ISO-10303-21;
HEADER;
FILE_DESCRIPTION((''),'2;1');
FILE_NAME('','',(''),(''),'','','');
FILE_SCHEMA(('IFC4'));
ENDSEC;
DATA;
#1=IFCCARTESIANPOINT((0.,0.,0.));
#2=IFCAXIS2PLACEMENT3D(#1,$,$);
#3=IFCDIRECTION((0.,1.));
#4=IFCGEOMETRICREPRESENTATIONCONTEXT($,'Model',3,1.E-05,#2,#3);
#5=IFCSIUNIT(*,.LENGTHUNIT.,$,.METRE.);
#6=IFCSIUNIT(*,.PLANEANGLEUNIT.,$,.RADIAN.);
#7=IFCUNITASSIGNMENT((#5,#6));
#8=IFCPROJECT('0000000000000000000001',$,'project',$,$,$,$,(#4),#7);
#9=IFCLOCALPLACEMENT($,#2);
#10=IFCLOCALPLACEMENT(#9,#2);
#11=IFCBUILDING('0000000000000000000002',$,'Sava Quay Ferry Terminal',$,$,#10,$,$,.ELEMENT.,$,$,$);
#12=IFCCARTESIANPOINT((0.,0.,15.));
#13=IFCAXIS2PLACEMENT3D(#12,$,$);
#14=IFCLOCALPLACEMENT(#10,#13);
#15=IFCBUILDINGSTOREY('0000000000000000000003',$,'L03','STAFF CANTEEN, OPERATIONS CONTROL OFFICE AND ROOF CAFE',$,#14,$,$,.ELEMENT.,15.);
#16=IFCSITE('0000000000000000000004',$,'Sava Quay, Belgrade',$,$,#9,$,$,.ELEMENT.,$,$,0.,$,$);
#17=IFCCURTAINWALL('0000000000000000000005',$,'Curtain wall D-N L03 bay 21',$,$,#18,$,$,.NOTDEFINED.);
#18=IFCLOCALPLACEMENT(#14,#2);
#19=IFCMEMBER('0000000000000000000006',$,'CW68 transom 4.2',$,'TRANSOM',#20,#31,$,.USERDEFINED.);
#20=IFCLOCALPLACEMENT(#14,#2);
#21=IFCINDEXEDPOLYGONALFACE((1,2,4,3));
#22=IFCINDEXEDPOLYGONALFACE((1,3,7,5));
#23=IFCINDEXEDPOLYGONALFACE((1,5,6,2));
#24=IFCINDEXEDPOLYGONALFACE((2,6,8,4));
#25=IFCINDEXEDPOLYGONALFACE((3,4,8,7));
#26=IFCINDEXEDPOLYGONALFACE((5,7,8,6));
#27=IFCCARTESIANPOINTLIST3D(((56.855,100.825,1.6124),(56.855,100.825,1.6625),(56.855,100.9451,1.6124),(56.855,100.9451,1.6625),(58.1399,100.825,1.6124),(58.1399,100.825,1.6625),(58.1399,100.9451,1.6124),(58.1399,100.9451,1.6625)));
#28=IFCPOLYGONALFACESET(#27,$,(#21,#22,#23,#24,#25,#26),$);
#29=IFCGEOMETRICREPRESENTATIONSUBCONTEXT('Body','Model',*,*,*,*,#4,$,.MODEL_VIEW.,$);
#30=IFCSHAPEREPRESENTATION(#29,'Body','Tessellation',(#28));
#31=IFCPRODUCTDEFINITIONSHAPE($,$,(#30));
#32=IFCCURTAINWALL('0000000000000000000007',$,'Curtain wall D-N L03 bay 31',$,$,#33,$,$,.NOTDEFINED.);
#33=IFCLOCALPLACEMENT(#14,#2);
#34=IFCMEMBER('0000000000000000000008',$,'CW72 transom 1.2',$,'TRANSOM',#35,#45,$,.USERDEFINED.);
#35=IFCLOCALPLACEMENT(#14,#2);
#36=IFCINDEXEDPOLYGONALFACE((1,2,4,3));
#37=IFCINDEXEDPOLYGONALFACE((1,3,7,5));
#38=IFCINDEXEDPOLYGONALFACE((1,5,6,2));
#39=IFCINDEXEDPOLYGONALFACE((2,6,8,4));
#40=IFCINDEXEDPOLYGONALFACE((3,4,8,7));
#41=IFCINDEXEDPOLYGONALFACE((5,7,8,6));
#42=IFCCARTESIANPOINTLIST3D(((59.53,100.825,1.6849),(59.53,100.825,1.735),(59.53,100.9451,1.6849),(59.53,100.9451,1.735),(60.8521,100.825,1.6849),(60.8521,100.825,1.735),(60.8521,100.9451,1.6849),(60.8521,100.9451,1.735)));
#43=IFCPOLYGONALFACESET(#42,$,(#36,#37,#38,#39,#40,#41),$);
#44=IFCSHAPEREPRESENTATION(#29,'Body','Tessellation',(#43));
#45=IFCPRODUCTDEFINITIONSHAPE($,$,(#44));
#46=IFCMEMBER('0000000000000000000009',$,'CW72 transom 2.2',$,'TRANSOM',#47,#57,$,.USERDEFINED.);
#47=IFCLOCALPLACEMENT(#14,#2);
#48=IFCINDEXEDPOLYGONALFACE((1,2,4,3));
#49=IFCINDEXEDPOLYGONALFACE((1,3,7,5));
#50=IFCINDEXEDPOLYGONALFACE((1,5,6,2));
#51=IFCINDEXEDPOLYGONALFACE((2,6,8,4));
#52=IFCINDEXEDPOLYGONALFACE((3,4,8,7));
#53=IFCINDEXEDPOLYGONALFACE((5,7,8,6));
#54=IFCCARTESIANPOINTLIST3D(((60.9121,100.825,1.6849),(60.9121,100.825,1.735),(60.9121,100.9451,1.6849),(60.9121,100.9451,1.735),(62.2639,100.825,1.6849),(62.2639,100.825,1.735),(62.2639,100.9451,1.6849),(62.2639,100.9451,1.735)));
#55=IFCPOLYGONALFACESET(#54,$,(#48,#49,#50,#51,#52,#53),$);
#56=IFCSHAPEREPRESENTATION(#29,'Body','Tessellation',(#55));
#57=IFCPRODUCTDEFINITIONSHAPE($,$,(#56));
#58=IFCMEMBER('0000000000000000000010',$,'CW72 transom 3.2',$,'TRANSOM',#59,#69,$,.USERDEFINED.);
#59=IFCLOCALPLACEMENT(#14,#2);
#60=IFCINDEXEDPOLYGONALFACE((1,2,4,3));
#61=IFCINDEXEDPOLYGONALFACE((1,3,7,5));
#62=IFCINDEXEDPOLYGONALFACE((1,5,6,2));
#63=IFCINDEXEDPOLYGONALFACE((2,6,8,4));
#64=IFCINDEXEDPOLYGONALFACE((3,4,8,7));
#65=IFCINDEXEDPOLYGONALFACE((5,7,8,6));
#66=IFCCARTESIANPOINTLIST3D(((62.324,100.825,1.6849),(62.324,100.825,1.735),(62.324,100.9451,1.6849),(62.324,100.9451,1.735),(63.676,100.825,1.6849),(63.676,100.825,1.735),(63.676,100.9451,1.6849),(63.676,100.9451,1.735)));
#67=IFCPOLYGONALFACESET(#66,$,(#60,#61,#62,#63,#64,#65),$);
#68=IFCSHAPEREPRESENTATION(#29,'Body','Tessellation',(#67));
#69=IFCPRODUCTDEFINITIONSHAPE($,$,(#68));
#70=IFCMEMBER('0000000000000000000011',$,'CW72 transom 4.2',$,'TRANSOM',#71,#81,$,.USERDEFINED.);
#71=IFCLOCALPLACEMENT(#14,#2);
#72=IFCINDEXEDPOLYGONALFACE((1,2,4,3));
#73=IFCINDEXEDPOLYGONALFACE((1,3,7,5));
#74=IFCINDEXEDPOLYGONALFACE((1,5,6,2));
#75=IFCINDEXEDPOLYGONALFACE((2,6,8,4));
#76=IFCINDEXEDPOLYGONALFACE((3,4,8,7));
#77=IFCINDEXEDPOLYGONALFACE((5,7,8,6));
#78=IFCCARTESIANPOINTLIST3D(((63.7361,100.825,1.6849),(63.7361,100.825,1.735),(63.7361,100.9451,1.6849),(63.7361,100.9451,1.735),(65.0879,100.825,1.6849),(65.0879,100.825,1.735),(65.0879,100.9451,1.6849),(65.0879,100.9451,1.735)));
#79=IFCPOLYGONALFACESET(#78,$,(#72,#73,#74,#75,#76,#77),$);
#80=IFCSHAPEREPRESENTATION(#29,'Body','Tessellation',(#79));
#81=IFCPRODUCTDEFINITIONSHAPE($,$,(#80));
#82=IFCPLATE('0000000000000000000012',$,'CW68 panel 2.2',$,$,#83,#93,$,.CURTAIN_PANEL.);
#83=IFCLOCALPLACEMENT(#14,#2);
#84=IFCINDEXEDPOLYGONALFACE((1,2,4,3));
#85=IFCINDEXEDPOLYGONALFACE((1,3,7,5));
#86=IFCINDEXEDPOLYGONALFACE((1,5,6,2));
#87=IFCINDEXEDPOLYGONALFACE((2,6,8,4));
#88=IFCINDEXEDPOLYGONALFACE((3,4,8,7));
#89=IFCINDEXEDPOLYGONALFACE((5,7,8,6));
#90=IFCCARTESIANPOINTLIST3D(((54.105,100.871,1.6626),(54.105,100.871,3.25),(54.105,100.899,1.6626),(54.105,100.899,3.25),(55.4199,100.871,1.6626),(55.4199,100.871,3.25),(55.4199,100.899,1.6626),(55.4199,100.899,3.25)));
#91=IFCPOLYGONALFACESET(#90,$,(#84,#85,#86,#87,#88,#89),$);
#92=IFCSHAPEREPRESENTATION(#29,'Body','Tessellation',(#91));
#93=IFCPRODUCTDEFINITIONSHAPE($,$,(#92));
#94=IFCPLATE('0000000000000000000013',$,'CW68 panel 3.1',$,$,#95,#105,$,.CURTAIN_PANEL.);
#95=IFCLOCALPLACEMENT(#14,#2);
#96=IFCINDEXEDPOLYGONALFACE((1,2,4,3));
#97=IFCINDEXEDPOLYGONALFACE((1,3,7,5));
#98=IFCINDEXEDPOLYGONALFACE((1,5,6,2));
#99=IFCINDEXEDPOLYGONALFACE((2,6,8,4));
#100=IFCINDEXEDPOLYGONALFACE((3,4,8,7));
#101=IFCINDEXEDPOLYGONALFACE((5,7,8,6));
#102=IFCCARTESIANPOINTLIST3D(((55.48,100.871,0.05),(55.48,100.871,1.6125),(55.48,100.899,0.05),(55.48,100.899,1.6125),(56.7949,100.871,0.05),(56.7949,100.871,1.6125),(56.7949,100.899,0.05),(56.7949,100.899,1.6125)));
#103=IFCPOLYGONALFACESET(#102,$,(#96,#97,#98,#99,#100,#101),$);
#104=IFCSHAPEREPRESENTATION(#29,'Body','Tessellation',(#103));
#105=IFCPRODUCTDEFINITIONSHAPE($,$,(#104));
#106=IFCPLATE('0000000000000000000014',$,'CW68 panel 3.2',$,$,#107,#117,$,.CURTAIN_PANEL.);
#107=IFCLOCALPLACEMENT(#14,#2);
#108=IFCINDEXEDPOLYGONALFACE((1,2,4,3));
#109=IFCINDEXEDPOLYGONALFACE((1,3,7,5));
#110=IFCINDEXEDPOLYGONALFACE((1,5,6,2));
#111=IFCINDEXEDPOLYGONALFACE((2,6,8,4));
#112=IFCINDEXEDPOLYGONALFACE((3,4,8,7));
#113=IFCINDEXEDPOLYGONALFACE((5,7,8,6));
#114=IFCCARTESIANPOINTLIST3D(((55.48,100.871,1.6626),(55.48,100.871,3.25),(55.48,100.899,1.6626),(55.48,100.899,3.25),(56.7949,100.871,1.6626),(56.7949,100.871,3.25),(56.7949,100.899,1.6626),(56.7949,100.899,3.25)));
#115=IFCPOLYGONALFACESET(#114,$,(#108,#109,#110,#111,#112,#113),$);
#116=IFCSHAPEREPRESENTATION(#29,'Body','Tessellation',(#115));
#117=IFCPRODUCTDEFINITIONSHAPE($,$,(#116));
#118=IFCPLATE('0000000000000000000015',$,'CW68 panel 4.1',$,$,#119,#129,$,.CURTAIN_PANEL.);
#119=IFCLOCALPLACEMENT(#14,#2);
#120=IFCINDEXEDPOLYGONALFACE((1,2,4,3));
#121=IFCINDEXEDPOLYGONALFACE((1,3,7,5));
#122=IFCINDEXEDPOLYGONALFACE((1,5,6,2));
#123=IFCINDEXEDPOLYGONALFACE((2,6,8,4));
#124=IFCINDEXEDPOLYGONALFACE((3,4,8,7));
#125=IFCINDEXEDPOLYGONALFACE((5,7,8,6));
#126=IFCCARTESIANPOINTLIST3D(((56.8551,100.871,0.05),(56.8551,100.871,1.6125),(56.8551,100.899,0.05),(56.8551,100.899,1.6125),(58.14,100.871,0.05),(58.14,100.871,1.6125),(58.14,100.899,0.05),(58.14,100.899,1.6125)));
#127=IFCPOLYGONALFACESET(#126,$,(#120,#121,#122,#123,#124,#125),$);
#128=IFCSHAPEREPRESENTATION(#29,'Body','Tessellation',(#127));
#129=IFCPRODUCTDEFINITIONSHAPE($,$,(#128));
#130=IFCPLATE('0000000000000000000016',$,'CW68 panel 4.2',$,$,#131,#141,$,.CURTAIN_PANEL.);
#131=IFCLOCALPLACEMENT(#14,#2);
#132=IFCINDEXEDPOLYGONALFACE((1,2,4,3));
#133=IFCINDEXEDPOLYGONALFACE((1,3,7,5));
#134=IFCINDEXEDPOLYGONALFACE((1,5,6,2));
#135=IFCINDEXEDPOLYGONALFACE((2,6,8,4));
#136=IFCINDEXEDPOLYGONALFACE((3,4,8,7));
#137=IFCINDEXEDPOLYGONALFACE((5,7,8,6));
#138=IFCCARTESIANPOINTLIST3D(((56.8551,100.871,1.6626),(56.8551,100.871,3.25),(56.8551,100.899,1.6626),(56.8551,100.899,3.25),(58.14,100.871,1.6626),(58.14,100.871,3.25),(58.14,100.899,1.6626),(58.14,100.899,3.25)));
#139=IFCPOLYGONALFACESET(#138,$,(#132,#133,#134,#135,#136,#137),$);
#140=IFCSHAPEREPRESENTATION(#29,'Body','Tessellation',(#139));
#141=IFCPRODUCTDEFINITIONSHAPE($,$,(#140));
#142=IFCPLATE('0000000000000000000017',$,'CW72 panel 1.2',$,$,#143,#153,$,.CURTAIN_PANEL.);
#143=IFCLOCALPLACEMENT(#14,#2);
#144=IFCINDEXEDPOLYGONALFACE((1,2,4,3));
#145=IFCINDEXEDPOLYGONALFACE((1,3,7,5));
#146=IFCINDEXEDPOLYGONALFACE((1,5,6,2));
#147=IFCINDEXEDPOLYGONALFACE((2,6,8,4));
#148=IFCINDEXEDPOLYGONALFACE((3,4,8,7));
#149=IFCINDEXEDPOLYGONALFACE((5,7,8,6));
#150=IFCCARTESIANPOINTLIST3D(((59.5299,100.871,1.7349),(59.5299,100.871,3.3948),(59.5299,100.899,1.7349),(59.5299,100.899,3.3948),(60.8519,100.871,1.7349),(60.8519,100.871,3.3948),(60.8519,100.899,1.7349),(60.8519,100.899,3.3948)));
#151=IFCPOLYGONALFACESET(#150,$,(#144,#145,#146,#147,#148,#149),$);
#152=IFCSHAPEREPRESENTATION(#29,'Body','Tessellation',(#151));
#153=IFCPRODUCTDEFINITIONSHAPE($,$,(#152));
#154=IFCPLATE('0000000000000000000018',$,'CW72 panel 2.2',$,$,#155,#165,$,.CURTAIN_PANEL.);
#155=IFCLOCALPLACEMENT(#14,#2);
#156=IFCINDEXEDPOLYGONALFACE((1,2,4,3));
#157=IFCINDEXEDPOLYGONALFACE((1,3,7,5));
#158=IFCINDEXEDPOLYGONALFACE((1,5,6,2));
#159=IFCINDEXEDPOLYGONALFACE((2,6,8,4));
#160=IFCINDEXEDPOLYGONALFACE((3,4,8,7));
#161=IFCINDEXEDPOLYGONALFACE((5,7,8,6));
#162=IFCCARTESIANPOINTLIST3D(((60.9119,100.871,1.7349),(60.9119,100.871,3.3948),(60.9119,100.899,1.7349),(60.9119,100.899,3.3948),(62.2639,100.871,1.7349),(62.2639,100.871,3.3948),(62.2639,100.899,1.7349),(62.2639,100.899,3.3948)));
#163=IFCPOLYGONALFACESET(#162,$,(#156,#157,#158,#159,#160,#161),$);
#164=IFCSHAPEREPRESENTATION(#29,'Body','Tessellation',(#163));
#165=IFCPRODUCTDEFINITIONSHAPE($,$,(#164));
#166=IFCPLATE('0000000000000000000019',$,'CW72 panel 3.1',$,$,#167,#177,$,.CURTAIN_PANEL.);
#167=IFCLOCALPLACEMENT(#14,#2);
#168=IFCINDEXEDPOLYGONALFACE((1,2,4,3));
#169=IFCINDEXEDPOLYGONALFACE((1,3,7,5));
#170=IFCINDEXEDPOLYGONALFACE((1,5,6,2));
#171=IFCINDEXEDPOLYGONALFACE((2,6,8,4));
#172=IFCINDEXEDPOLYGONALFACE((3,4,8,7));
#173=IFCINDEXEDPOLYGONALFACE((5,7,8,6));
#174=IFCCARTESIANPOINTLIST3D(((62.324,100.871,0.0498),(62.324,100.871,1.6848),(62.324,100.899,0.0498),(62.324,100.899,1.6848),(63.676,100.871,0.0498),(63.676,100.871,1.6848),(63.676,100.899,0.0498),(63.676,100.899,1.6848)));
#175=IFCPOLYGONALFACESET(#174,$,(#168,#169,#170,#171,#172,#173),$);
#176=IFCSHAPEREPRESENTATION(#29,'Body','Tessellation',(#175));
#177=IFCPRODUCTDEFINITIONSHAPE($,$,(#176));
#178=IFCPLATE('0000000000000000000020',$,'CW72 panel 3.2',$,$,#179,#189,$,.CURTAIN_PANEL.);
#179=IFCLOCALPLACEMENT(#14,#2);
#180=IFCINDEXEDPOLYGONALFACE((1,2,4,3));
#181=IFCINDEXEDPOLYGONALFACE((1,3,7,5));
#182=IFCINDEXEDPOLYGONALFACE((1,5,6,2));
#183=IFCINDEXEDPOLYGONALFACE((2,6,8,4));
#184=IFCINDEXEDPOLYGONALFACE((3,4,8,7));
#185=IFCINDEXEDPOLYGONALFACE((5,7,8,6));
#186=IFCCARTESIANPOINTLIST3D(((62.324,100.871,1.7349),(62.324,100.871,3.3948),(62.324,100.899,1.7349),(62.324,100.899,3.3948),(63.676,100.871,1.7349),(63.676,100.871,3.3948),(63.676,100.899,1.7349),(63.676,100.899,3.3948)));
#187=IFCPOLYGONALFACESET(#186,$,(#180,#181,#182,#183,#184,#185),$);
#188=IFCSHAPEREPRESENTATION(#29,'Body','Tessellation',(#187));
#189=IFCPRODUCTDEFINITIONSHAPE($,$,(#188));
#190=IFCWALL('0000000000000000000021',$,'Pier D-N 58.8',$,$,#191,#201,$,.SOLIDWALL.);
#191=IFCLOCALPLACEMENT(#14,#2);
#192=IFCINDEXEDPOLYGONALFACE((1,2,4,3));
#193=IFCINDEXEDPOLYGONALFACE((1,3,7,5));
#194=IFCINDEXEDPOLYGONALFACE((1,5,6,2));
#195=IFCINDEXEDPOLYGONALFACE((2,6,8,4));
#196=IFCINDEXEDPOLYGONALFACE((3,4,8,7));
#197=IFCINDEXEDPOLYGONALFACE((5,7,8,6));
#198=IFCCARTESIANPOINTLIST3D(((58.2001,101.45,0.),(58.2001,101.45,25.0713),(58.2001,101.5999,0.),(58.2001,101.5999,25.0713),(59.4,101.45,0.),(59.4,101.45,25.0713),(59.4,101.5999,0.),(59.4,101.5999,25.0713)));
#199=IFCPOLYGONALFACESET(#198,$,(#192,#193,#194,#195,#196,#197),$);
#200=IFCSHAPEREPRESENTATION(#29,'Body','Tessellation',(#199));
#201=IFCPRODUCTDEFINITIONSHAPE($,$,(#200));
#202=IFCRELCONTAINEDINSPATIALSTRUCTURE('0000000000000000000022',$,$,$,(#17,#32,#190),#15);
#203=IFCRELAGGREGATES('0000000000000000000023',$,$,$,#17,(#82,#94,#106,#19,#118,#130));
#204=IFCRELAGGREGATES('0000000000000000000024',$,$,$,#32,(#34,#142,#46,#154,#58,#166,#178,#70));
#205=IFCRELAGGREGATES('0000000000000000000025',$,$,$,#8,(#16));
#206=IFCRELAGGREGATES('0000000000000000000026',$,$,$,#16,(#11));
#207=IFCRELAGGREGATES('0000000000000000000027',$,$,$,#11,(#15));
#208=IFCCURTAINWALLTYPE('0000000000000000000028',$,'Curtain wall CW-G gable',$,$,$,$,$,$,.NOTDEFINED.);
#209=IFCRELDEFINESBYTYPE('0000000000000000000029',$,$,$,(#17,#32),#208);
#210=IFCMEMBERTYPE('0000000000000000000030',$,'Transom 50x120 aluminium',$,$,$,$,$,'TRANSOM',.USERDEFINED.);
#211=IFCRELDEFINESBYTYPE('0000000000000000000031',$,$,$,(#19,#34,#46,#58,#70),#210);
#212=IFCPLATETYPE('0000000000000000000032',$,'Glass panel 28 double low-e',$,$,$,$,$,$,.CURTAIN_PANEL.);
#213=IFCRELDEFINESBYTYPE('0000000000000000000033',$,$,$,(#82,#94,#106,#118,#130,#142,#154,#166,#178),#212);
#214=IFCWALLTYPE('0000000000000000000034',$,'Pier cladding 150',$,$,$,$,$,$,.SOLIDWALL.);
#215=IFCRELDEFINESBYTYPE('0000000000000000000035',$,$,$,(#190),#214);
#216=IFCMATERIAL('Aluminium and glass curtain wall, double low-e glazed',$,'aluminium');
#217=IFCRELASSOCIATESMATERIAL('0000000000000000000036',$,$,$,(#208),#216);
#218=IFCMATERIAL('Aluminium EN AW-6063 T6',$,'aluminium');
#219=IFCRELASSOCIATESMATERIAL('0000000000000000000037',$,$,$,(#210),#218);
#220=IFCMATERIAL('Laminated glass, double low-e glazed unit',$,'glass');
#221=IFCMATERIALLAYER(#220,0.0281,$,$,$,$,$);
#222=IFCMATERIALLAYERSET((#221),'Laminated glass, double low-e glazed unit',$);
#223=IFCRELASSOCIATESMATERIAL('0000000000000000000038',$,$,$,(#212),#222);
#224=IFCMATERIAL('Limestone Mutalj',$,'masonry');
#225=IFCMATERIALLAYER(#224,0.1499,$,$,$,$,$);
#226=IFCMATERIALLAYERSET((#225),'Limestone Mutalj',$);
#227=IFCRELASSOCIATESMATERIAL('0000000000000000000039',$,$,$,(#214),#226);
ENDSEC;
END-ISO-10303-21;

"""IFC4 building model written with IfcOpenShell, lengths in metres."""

from ifc_helpers import new_model, si_unit, direction, frame, frame_2d, origin, origin_2d, place, context, subcontext, project, spatial, rectangle, extrude, material, layer, layer_set, material_profile, profile_set, type_object, element, aggregate, save


model = new_model("IFC4")

# Units and contexts
model_context = context("Model", 3, precision=1e-05, world=origin(), true_north=direction((0.0, 1.0)))
body_context = subcontext(model_context, "Body", "Model", "MODEL_VIEW")
ifc_project = project(units=[si_unit("LENGTHUNIT", "METRE"), si_unit("PLANEANGLEUNIT", "RADIAN")], contexts=[model_context])

# Site, building, storey
site_placement = place(None, origin())
site = spatial("IfcSite", under=ifc_project, at=site_placement, Name="Sava Quay, Belgrade", CompositionType="ELEMENT", RefElevation=0.0)
building_placement = place(site_placement, origin())
building = spatial("IfcBuilding", under=site, at=building_placement, Name="Sava Quay Ferry Terminal", CompositionType="ELEMENT")
storey_placement = place(building_placement, frame((0.0, 0.0, 15.0)))
storey = spatial("IfcBuildingStorey", under=building, at=storey_placement, Name="L03", Description="STAFF CANTEEN, OPERATIONS CONTROL OFFICE AND ROOF CAFE", CompositionType="ELEMENT", Elevation=15.0)

# Curtain walls, members
ifc_material_1 = material(Name="Aluminium and glass curtain wall, double low-e glazed", Category="aluminium")
curtain_wall_type = type_object("IfcCurtainWallType", Name="Curtain wall CW-G gable", PredefinedType="NOTDEFINED", material=ifc_material_1)
curtain_wall_1_placement = place(storey_placement, origin())
curtain_wall_1 = element("IfcCurtainWall", 1, at=curtain_wall_1_placement, inside=storey, type_object=curtain_wall_type, Name="Curtain wall D-N L03 bay 21", PredefinedType="NOTDEFINED")
ifc_material_2 = material(Name="Aluminium EN AW-6063 T6", Category="aluminium")
ifc_material_profile_1 = material_profile(ifc_material_2, rectangle(XDim=0.1201, YDim=0.05, at=origin_2d()), Name="Transom 50x120 aluminium")
ifc_profile_set_1 = profile_set([ifc_material_profile_1], Name="Aluminium EN AW-6063 T6")
member_type = type_object("IfcMemberType", Name="Transom 50x120 aluminium", ElementType="TRANSOM", PredefinedType="USERDEFINED", material=ifc_profile_set_1)
member_1_placement = place(storey_placement, frame((56.855, 100.885, 1.6375), z_axis=(1.0, 0.0, 0.0), x_axis=(0.0, 1.0, 0.0)))
member_1 = element("IfcMember", 2, at=member_1_placement, type_object=member_type, Name="CW68 transom 4.2", ObjectType="TRANSOM", PredefinedType="USERDEFINED", context=body_context, shape_type="SweptSolid", body=[
    extrude(rectangle(XDim=0.1201, YDim=0.05, at=origin_2d()), origin(), (0.0, 0.0, 1.0), 1.2849),
])
curtain_wall_2_placement = place(storey_placement, origin())
curtain_wall_2 = element("IfcCurtainWall", 3, at=curtain_wall_2_placement, inside=storey, type_object=curtain_wall_type, Name="Curtain wall D-N L03 bay 31", PredefinedType="NOTDEFINED")
member_2_placement = place(storey_placement, frame((59.53, 100.885, 1.71), z_axis=(1.0, 0.0, 0.0), x_axis=(0.0, 1.0, 0.0)))
member_2 = element("IfcMember", 4, at=member_2_placement, type_object=member_type, Name="CW72 transom 1.2", ObjectType="TRANSOM", PredefinedType="USERDEFINED", context=body_context, shape_type="SweptSolid", body=[
    extrude(rectangle(XDim=0.1201, YDim=0.05, at=origin_2d()), origin(), (0.0, 0.0, 1.0), 1.322),
])
member_3_placement = place(storey_placement, frame((60.9121, 100.885, 1.71), z_axis=(1.0, 0.0, 0.0), x_axis=(0.0, 1.0, 0.0)))
member_3 = element("IfcMember", 5, at=member_3_placement, type_object=member_type, Name="CW72 transom 2.2", ObjectType="TRANSOM", PredefinedType="USERDEFINED", context=body_context, shape_type="SweptSolid", body=[
    extrude(rectangle(XDim=0.1201, YDim=0.05, at=origin_2d()), origin(), (0.0, 0.0, 1.0), 1.3518),
])
member_4_placement = place(storey_placement, frame((62.324, 100.885, 1.71), z_axis=(1.0, 0.0, 0.0), x_axis=(0.0, 1.0, 0.0)))
member_4 = element("IfcMember", 6, at=member_4_placement, type_object=member_type, Name="CW72 transom 3.2", ObjectType="TRANSOM", PredefinedType="USERDEFINED", context=body_context, shape_type="SweptSolid", body=[
    extrude(rectangle(XDim=0.1201, YDim=0.05, at=origin_2d()), origin(), (0.0, 0.0, 1.0), 1.3521),
])
member_5_placement = place(storey_placement, frame((63.7361, 100.885, 1.71), z_axis=(1.0, 0.0, 0.0), x_axis=(0.0, 1.0, 0.0)))
member_5 = element("IfcMember", 7, at=member_5_placement, type_object=member_type, Name="CW72 transom 4.2", ObjectType="TRANSOM", PredefinedType="USERDEFINED", context=body_context, shape_type="SweptSolid", body=[
    extrude(rectangle(XDim=0.1201, YDim=0.05, at=origin_2d()), origin(), (0.0, 0.0, 1.0), 1.3518),
])

# Plates
ifc_material_3 = material(Name="Laminated glass, double low-e glazed unit", Category="glass")
ifc_layer_1 = layer(ifc_material_3, 0.0281)
ifc_layer_set_1 = layer_set([ifc_layer_1], Name="Laminated glass, double low-e glazed unit")
plate_type = type_object("IfcPlateType", Name="Glass panel 28 double low-e", PredefinedType="CURTAIN_PANEL", material=ifc_layer_set_1)
plate_1_placement = place(storey_placement, frame((54.7625, 100.885, 1.6626), z_axis=(0.0, 0.0, 1.0), x_axis=(1.0, 0.0, 0.0)))
plate_1 = element("IfcPlate", 8, at=plate_1_placement, type_object=plate_type, Name="CW68 panel 2.2", PredefinedType="CURTAIN_PANEL", context=body_context, shape_type="SweptSolid", body=[
    extrude(rectangle(XDim=1.3149, YDim=0.0281, at=origin_2d()), origin(), (0.0, 0.0, 1.0), 1.5874),
])
plate_2_placement = place(storey_placement, frame((56.1375, 100.885, 0.05), z_axis=(0.0, 0.0, 1.0), x_axis=(1.0, 0.0, 0.0)))
plate_2 = element("IfcPlate", 9, at=plate_2_placement, type_object=plate_type, Name="CW68 panel 3.1", PredefinedType="CURTAIN_PANEL", context=body_context, shape_type="SweptSolid", body=[
    extrude(rectangle(XDim=1.3149, YDim=0.0281, at=origin_2d()), origin(), (0.0, 0.0, 1.0), 1.5625),
])
plate_3_placement = place(storey_placement, frame((56.1375, 100.885, 1.6626), z_axis=(0.0, 0.0, 1.0), x_axis=(1.0, 0.0, 0.0)))
plate_3 = element("IfcPlate", 10, at=plate_3_placement, type_object=plate_type, Name="CW68 panel 3.2", PredefinedType="CURTAIN_PANEL", context=body_context, shape_type="SweptSolid", body=[
    extrude(rectangle(XDim=1.3149, YDim=0.0281, at=origin_2d()), origin(), (0.0, 0.0, 1.0), 1.5874),
])
plate_4_placement = place(storey_placement, frame((57.4976, 100.885, 0.05), z_axis=(0.0, 0.0, 1.0), x_axis=(1.0, 0.0, 0.0)))
plate_4 = element("IfcPlate", 11, at=plate_4_placement, type_object=plate_type, Name="CW68 panel 4.1", PredefinedType="CURTAIN_PANEL", context=body_context, shape_type="SweptSolid", body=[
    extrude(rectangle(XDim=1.2849, YDim=0.0281, at=origin_2d()), origin(), (0.0, 0.0, 1.0), 1.5625),
])
plate_5_placement = place(storey_placement, frame((57.4976, 100.885, 1.6626), z_axis=(0.0, 0.0, 1.0), x_axis=(1.0, 0.0, 0.0)))
plate_5 = element("IfcPlate", 12, at=plate_5_placement, type_object=plate_type, Name="CW68 panel 4.2", PredefinedType="CURTAIN_PANEL", context=body_context, shape_type="SweptSolid", body=[
    extrude(rectangle(XDim=1.2849, YDim=0.0281, at=origin_2d()), origin(), (0.0, 0.0, 1.0), 1.5874),
])
aggregate(curtain_wall_1, [plate_1, plate_2, plate_3, member_1, plate_4, plate_5])
plate_6_placement = place(storey_placement, frame((60.1909, 100.885, 1.7349), z_axis=(0.0, 0.0, 1.0), x_axis=(1.0, 0.0, 0.0)))
plate_6 = element("IfcPlate", 13, at=plate_6_placement, type_object=plate_type, Name="CW72 panel 1.2", PredefinedType="CURTAIN_PANEL", context=body_context, shape_type="SweptSolid", body=[
    extrude(rectangle(XDim=1.322, YDim=0.0281, at=origin_2d()), origin(), (0.0, 0.0, 1.0), 1.6599),
])
plate_7_placement = place(storey_placement, frame((61.5879, 100.885, 1.7349), z_axis=(0.0, 0.0, 1.0), x_axis=(1.0, 0.0, 0.0)))
plate_7 = element("IfcPlate", 14, at=plate_7_placement, type_object=plate_type, Name="CW72 panel 2.2", PredefinedType="CURTAIN_PANEL", context=body_context, shape_type="SweptSolid", body=[
    extrude(rectangle(XDim=1.3521, YDim=0.0281, at=origin_2d()), origin(), (0.0, 0.0, 1.0), 1.6599),
])
plate_8_placement = place(storey_placement, frame((63.0, 100.885, 0.0498), z_axis=(0.0, 0.0, 1.0), x_axis=(1.0, 0.0, 0.0)))
plate_8 = element("IfcPlate", 15, at=plate_8_placement, type_object=plate_type, Name="CW72 panel 3.1", PredefinedType="CURTAIN_PANEL", context=body_context, shape_type="SweptSolid", body=[
    extrude(rectangle(XDim=1.3521, YDim=0.0281, at=origin_2d()), origin(), (0.0, 0.0, 1.0), 1.635),
])
plate_9_placement = place(storey_placement, frame((63.0, 100.885, 1.7349), z_axis=(0.0, 0.0, 1.0), x_axis=(1.0, 0.0, 0.0)))
plate_9 = element("IfcPlate", 16, at=plate_9_placement, type_object=plate_type, Name="CW72 panel 3.2", PredefinedType="CURTAIN_PANEL", context=body_context, shape_type="SweptSolid", body=[
    extrude(rectangle(XDim=1.3521, YDim=0.0281, at=origin_2d()), origin(), (0.0, 0.0, 1.0), 1.6599),
])
aggregate(curtain_wall_2, [member_2, plate_6, member_3, plate_7, member_4, plate_8, plate_9, member_5])

# Wall
ifc_material_4 = material(Name="Limestone Mutalj", Category="masonry")
ifc_layer_2 = layer(ifc_material_4, 0.1499)
ifc_layer_set_2 = layer_set([ifc_layer_2], Name="Limestone Mutalj")
wall_type = type_object("IfcWallType", Name="Pier cladding 150", PredefinedType="SOLIDWALL", material=ifc_layer_set_2)
wall_placement = place(storey_placement, frame((58.2, 101.5249, 0.0), z_axis=(0.0, 0.0, 1.0), x_axis=(1.0, 0.0, 0.0)))
element("IfcWall", 17, at=wall_placement, inside=storey, type_object=wall_type, Name="Pier D-N 58.8", PredefinedType="SOLIDWALL", context=body_context, shape_type="SweptSolid", body=[
    extrude(rectangle(XDim=1.2, YDim=0.1499, at=frame_2d((0.6001, 0.0))), origin(), (0.0, 0.0, 1.0), 25.0713),
])

save(model, "model.ifc")
